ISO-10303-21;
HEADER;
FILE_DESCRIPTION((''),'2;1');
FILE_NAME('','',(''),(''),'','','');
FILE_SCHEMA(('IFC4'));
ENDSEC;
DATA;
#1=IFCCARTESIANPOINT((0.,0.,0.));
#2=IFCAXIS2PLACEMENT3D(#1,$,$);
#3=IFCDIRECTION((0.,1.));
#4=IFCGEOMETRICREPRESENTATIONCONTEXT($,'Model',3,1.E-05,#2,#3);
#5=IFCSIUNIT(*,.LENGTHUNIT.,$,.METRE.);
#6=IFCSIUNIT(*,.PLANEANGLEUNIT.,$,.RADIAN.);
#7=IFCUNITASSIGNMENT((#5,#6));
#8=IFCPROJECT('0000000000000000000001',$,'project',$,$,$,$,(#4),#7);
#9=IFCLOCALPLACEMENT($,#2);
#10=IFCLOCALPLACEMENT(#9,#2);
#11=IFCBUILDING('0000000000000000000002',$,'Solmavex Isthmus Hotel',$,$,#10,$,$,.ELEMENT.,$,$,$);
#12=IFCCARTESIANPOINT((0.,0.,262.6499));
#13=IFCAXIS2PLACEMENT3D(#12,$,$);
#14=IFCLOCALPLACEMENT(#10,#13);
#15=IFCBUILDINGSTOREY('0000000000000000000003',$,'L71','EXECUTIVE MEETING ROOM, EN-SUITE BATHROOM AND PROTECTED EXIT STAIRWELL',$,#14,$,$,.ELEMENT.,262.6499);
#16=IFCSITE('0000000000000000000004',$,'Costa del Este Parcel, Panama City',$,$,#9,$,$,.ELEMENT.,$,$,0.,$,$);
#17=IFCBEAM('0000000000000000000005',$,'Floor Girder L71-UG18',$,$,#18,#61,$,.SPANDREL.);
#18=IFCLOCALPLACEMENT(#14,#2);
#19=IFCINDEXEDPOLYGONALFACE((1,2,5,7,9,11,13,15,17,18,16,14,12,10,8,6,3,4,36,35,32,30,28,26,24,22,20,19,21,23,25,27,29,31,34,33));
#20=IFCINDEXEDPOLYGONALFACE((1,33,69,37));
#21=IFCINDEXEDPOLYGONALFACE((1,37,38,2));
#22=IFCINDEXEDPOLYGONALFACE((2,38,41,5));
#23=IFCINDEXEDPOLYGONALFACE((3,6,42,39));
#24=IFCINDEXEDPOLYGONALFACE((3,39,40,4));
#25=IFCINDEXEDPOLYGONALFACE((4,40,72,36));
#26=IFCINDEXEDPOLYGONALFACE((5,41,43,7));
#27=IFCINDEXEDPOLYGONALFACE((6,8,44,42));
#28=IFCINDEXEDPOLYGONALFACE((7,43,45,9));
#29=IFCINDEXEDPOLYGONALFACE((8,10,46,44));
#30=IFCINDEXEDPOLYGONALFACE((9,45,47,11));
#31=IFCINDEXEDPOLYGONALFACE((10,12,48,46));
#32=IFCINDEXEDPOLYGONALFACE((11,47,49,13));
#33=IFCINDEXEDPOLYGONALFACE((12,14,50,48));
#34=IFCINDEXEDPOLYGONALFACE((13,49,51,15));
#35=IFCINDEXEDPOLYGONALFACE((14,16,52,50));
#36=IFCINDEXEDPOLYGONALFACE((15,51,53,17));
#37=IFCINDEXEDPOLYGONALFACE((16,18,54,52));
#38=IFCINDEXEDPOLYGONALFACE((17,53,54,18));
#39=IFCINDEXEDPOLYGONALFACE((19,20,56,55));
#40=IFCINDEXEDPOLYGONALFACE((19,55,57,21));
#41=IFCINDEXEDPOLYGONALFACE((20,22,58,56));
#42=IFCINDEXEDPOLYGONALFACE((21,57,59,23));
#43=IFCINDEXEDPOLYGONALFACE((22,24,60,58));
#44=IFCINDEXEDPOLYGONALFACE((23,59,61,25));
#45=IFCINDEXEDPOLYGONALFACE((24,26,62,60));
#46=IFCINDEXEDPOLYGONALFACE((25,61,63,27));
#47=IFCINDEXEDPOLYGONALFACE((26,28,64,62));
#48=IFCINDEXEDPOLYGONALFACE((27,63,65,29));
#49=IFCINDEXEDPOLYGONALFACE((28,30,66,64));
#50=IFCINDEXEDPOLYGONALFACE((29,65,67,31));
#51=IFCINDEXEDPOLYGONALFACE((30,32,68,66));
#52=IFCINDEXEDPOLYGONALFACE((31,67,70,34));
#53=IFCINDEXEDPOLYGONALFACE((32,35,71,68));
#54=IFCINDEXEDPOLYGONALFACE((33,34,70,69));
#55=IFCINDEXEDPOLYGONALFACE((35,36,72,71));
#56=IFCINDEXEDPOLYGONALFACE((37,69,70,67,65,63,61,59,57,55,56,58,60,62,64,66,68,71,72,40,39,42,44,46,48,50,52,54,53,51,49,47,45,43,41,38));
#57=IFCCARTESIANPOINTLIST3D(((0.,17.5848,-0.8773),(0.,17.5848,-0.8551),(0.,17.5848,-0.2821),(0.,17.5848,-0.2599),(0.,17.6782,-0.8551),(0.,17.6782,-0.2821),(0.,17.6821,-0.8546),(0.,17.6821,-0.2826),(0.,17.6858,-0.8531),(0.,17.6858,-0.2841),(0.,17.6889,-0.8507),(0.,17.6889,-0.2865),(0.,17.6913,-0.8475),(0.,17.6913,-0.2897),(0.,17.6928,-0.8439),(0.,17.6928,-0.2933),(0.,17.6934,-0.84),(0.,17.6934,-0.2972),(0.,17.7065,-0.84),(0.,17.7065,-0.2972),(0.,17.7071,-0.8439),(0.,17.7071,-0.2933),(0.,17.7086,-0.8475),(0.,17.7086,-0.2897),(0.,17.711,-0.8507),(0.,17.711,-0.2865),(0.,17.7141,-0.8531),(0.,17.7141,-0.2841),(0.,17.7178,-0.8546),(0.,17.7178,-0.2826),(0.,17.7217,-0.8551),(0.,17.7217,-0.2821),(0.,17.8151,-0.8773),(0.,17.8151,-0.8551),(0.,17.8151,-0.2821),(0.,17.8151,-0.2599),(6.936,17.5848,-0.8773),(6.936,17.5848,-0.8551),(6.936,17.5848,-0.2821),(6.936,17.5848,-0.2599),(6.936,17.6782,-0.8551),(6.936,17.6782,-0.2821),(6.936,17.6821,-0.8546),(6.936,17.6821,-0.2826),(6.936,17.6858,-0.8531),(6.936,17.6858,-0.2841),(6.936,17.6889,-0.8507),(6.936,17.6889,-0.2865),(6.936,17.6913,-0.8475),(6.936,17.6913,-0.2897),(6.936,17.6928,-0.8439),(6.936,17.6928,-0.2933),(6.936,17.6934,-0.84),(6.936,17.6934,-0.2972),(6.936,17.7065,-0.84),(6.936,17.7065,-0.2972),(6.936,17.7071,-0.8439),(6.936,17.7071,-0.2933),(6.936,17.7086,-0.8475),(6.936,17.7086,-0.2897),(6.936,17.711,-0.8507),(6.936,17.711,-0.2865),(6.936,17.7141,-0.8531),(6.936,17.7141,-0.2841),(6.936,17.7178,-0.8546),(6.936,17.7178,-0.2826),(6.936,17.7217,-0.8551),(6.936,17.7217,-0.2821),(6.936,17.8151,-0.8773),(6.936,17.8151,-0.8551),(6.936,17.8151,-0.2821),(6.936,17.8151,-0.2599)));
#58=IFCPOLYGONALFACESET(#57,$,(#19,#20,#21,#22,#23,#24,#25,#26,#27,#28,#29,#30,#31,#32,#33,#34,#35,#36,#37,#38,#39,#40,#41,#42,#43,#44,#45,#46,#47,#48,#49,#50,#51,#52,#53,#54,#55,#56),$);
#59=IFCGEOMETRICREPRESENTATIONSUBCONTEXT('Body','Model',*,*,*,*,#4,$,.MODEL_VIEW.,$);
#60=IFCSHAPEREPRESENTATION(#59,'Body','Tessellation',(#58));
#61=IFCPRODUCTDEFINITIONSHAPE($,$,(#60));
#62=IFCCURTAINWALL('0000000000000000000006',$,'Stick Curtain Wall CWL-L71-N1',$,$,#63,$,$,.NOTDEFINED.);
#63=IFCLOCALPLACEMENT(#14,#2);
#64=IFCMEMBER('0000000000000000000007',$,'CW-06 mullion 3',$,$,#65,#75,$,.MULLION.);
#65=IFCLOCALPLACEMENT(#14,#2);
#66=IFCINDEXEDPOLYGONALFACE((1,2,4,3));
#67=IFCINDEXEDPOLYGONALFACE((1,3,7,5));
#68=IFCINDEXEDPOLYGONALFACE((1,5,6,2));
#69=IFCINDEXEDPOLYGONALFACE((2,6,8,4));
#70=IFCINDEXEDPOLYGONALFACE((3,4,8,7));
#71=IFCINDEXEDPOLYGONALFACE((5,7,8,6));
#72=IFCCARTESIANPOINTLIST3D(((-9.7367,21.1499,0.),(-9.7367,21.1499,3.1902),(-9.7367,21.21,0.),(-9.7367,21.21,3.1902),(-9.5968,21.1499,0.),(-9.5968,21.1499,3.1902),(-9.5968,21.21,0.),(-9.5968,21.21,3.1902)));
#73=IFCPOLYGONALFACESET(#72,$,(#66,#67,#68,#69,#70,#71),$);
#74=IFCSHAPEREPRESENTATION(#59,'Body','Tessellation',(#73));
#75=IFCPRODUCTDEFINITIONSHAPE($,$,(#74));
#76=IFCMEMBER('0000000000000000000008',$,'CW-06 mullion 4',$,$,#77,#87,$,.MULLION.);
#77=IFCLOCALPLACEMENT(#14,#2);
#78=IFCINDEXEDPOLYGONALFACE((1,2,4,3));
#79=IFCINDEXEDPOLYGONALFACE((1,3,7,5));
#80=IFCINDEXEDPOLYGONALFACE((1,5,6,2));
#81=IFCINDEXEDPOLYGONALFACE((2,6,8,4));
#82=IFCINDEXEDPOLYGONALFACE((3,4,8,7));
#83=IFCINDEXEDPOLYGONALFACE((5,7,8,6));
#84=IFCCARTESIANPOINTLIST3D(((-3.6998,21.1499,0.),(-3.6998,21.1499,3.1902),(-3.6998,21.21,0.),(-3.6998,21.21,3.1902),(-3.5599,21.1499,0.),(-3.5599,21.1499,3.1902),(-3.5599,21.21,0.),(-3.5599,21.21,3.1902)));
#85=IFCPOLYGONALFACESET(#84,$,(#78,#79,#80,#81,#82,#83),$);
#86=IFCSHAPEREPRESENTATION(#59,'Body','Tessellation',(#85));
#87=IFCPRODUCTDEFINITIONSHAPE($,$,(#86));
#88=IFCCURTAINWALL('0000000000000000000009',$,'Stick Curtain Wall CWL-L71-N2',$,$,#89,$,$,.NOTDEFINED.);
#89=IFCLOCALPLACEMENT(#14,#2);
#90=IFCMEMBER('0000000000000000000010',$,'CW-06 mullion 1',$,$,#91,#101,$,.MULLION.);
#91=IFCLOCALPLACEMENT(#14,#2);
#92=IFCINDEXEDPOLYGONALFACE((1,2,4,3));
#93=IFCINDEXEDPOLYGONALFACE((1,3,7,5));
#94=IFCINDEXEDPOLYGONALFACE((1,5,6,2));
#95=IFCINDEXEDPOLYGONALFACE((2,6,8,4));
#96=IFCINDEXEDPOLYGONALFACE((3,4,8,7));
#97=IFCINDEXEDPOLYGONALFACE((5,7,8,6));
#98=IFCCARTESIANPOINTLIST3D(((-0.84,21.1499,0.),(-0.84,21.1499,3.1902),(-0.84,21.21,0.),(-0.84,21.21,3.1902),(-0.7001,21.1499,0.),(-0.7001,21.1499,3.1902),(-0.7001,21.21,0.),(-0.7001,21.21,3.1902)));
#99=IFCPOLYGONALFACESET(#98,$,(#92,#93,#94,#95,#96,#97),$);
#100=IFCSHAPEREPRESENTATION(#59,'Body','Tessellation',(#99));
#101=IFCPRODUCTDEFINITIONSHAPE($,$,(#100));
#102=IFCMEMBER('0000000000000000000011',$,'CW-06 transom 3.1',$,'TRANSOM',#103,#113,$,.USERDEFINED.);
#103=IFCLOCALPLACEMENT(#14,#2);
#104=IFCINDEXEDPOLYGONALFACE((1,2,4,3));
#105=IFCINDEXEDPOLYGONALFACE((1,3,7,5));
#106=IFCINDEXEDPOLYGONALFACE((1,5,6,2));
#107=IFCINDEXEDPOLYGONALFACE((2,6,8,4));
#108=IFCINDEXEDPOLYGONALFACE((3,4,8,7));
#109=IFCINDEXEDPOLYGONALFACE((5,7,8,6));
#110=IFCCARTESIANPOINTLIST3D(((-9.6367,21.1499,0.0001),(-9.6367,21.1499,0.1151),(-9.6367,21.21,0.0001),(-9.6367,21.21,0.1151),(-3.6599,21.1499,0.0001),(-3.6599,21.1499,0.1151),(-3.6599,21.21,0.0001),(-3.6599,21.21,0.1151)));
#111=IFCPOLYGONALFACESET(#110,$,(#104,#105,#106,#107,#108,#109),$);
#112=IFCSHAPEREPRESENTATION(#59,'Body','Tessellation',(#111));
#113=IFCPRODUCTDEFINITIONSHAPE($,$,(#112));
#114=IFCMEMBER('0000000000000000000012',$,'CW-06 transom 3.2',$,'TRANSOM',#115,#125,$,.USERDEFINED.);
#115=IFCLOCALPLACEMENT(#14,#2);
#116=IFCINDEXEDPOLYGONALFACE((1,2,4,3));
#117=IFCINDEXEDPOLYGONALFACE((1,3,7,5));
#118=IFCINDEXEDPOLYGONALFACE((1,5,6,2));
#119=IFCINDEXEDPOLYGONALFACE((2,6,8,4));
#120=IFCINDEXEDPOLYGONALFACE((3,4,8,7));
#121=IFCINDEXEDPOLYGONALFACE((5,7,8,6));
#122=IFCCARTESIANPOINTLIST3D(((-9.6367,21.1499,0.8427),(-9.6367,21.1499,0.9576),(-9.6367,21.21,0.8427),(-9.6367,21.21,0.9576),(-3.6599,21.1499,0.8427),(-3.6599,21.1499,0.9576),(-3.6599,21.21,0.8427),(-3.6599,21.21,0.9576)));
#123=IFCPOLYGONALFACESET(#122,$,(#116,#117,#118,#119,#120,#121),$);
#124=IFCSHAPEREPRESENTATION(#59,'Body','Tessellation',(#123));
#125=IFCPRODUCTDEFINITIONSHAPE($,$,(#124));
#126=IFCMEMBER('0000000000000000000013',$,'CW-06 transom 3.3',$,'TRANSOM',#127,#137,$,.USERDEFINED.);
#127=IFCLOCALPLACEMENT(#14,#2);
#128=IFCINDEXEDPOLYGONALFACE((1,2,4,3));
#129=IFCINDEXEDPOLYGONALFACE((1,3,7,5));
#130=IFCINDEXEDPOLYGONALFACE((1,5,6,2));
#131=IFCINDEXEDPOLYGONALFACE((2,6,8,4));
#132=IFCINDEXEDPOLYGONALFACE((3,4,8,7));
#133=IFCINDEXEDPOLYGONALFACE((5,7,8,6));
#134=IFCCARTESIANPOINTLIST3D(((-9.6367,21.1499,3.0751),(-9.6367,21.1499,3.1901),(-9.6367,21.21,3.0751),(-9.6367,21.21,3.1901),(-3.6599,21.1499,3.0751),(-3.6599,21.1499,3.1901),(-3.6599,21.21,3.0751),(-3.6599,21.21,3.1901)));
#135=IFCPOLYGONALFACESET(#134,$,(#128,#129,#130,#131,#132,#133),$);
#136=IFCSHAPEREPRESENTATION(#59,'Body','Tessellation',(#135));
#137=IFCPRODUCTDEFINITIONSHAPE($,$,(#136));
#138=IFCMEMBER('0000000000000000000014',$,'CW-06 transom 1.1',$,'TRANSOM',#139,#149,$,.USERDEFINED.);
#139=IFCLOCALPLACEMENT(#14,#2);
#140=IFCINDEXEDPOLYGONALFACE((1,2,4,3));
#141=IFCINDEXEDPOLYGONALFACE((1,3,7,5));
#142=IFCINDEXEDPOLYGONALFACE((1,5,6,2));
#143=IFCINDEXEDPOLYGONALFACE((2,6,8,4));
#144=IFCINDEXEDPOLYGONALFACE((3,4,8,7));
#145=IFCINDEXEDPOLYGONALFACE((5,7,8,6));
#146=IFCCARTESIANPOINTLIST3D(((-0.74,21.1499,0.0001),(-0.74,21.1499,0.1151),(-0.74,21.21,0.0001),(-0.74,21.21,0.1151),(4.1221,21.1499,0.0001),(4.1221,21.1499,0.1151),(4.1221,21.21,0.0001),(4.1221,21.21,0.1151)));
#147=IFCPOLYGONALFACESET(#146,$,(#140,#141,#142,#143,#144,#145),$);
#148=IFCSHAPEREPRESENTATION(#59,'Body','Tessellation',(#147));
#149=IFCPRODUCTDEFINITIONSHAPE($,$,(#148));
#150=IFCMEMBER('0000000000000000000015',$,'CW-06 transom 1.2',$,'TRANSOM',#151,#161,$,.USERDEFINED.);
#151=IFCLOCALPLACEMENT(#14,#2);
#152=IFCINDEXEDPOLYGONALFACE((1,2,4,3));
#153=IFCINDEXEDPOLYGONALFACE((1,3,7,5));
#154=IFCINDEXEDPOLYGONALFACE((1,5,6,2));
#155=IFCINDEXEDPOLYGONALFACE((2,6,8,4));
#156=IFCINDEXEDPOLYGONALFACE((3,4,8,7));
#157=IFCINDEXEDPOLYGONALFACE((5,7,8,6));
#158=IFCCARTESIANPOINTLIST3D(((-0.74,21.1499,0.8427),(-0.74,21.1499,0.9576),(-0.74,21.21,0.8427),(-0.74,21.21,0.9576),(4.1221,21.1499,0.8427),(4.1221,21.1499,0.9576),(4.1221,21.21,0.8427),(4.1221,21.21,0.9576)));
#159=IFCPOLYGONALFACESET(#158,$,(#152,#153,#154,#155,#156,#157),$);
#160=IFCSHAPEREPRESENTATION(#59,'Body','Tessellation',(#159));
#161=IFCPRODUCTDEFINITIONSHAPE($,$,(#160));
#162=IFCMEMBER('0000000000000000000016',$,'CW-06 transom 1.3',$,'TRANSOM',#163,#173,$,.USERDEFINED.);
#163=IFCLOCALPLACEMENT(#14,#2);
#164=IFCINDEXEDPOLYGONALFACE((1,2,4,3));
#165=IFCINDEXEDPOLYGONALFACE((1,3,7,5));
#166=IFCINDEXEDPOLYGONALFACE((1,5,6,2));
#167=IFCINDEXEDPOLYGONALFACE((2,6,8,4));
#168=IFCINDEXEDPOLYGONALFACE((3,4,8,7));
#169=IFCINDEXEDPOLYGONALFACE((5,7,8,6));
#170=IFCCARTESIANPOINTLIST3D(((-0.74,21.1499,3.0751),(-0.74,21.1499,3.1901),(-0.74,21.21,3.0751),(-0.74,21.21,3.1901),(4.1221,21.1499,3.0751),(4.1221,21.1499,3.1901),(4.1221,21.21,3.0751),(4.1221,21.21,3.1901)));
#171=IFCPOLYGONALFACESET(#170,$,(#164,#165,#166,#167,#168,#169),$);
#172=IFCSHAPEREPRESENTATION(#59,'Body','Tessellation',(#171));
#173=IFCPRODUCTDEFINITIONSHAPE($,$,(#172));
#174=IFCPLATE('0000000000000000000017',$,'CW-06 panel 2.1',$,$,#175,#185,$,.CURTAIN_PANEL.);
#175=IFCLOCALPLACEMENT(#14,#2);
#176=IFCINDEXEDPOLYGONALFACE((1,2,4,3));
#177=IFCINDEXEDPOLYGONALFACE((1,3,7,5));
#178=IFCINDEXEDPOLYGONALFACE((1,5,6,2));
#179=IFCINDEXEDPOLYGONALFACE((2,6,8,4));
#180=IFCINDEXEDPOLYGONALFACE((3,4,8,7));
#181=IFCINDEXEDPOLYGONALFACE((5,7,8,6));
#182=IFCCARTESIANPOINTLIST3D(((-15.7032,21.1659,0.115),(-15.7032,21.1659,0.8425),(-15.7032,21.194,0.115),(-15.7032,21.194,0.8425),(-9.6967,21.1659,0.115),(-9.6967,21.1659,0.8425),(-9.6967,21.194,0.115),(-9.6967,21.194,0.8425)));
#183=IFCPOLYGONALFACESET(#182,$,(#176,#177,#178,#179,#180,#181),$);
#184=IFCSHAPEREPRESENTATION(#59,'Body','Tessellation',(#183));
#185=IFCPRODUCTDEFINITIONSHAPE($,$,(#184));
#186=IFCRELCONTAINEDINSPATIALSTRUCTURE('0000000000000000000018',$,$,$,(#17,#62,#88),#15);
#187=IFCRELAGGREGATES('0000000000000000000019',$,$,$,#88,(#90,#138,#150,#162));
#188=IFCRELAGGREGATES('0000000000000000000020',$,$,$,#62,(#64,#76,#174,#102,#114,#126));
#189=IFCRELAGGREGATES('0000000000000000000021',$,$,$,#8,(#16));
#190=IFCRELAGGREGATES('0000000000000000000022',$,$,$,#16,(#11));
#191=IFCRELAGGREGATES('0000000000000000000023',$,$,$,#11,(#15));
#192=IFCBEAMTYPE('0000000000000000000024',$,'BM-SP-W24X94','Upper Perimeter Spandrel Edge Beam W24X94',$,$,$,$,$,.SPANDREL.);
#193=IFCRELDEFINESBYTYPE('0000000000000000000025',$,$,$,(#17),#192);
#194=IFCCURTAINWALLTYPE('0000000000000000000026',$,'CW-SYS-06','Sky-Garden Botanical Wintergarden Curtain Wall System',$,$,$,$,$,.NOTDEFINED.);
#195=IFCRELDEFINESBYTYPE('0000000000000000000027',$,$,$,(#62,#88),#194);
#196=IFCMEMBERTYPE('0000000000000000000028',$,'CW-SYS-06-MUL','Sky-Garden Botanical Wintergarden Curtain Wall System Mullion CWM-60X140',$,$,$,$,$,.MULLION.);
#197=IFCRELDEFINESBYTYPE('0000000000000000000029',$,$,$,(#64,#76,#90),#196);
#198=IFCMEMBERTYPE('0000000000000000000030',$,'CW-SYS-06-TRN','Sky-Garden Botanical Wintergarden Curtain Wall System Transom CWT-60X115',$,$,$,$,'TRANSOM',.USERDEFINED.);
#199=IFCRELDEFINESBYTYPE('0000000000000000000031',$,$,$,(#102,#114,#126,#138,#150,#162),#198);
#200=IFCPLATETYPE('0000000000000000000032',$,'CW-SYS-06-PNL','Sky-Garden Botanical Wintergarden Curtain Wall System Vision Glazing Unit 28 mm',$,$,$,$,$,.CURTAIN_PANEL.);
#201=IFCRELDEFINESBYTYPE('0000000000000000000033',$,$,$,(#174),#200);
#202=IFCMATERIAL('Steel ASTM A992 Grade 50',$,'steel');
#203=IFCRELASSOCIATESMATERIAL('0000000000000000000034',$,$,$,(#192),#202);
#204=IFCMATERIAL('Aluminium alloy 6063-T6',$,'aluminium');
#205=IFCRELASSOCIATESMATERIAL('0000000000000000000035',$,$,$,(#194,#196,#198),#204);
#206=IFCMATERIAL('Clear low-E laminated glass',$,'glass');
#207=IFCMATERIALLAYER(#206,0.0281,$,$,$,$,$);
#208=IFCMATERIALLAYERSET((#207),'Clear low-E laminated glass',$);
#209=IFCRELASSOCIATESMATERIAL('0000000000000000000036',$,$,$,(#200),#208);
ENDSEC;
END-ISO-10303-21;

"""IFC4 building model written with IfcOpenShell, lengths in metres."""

from ifc_helpers import new_model, si_unit, direction, frame, origin, origin_2d, place, context, subcontext, project, spatial, rectangle, i_section, extrude, material, layer, layer_set, material_profile, profile_set, type_object, element, aggregate, save


model = new_model("IFC4")

# Units and contexts
model_context = context("Model", 3, precision=1e-05, world=origin(), true_north=direction((0.0, 1.0)))
body_context = subcontext(model_context, "Body", "Model", "MODEL_VIEW")
ifc_project = project(units=[si_unit("LENGTHUNIT", "METRE"), si_unit("PLANEANGLEUNIT", "RADIAN")], contexts=[model_context])

# Site, building, storey
site_placement = place(None, origin())
site = spatial("IfcSite", under=ifc_project, at=site_placement, Name="Costa del Este Parcel, Panama City", CompositionType="ELEMENT", RefElevation=0.0)
building_placement = place(site_placement, origin())
building = spatial("IfcBuilding", under=site, at=building_placement, Name="Solmavex Isthmus Hotel", CompositionType="ELEMENT")
storey_placement = place(building_placement, frame((0.0, 0.0, 262.6499)))
storey = spatial("IfcBuildingStorey", under=building, at=storey_placement, Name="L71", Description="EXECUTIVE MEETING ROOM, EN-SUITE BATHROOM AND PROTECTED EXIT STAIRWELL", CompositionType="ELEMENT", Elevation=262.6499)

# Beam
ifc_material_1 = material(Name="Steel ASTM A992 Grade 50", Category="steel")
ifc_material_profile_1 = material_profile(ifc_material_1, i_section(OverallWidth=0.2302, OverallDepth=0.6174, WebThickness=0.0132, FlangeThickness=0.0222, FilletRadius=0.0151, at=origin_2d()), Name="W24X94")
ifc_profile_set_1 = profile_set([ifc_material_profile_1], Name="Steel ASTM A992 Grade 50")
beam_type = type_object("IfcBeamType", Name="BM-SP-W24X94", Description="Upper Perimeter Spandrel Edge Beam W24X94", PredefinedType="SPANDREL", material=ifc_profile_set_1)
for number, where, z_axis, x_axis, name in (
    (1, (0.0, 17.7, -0.5686), (1.0, 0.0, 0.0), (0.0, 1.0, 0.0), "Floor Girder L71-UG18"),
):
    element("IfcBeam", number, at=place(storey_placement, frame(where, z_axis=z_axis, x_axis=x_axis)), inside=storey, type_object=beam_type, Name=name, PredefinedType="SPANDREL", context=body_context, shape_type="SweptSolid", body=[
        extrude(i_section(OverallWidth=0.2302, OverallDepth=0.6174, WebThickness=0.0132, FlangeThickness=0.0222, FilletRadius=0.0151, at=origin_2d()), origin(), (0.0, 0.0, 1.0), 6.936),
    ])

# Curtain wall, members
ifc_material_2 = material(Name="Aluminium alloy 6063-T6", Category="aluminium")
curtain_wall_type = type_object("IfcCurtainWallType", Name="CW-SYS-06", Description="Sky-Garden Botanical Wintergarden Curtain Wall System", PredefinedType="NOTDEFINED", material=ifc_material_2)
curtain_wall_1_placement = place(storey_placement, origin())
curtain_wall_1 = element("IfcCurtainWall", 2, at=curtain_wall_1_placement, inside=storey, type_object=curtain_wall_type, Name="Stick Curtain Wall CWL-L71-N1", PredefinedType="NOTDEFINED")
ifc_material_profile_2 = material_profile(ifc_material_2, rectangle(XDim=0.0601, YDim=0.1399, at=origin_2d()), Name="CWM-60X140")
ifc_profile_set_2 = profile_set([ifc_material_profile_2], Name="Aluminium alloy 6063-T6")
member_type_1 = type_object("IfcMemberType", Name="CW-SYS-06-MUL", Description="Sky-Garden Botanical Wintergarden Curtain Wall System Mullion CWM-60X140", PredefinedType="MULLION", material=ifc_profile_set_2)
member_1_placement = place(storey_placement, frame((-9.6667, 21.1799, 0.0), z_axis=(0.0, 0.0, 1.0), x_axis=(0.0, 1.0, 0.0)))
member_1 = element("IfcMember", 3, at=member_1_placement, type_object=member_type_1, Name="CW-06 mullion 3", PredefinedType="MULLION", context=body_context, shape_type="SweptSolid", body=[
    extrude(rectangle(XDim=0.0601, YDim=0.1399, at=origin_2d()), origin(), (0.0, 0.0, 1.0), 3.1902),
])
member_2_placement = place(storey_placement, frame((-3.6299, 21.1799, 0.0), z_axis=(0.0, 0.0, 1.0), x_axis=(0.0, 1.0, 0.0)))
member_2 = element("IfcMember", 4, at=member_2_placement, type_object=member_type_1, Name="CW-06 mullion 4", PredefinedType="MULLION", context=body_context, shape_type="SweptSolid", body=[
    extrude(rectangle(XDim=0.0601, YDim=0.1399, at=origin_2d()), origin(), (0.0, 0.0, 1.0), 3.1902),
])

# Curtain wall, member
curtain_wall_2_placement = place(storey_placement, origin())
curtain_wall_2 = element("IfcCurtainWall", 5, at=curtain_wall_2_placement, inside=storey, type_object=curtain_wall_type, Name="Stick Curtain Wall CWL-L71-N2", PredefinedType="NOTDEFINED")
member_3_placement = place(storey_placement, frame((-0.77, 21.1799, 0.0), z_axis=(0.0, 0.0, 1.0), x_axis=(0.0, 1.0, 0.0)))
member_3 = element("IfcMember", 6, at=member_3_placement, type_object=member_type_1, Name="CW-06 mullion 1", PredefinedType="MULLION", context=body_context, shape_type="SweptSolid", body=[
    extrude(rectangle(XDim=0.0601, YDim=0.1399, at=origin_2d()), origin(), (0.0, 0.0, 1.0), 3.1902),
])

# Members
ifc_material_profile_3 = material_profile(ifc_material_2, rectangle(XDim=0.0601, YDim=0.115, at=origin_2d()), Name="CWT-60X115")
ifc_profile_set_3 = profile_set([ifc_material_profile_3], Name="Aluminium alloy 6063-T6")
member_type_2 = type_object("IfcMemberType", Name="CW-SYS-06-TRN", Description="Sky-Garden Botanical Wintergarden Curtain Wall System Transom CWT-60X115", ElementType="TRANSOM", PredefinedType="USERDEFINED", material=ifc_profile_set_3)
member_4_placement = place(storey_placement, frame((-9.6367, 21.1799, 0.0576), z_axis=(1.0, 0.0, 0.0), x_axis=(0.0, 1.0, 0.0)))
member_4 = element("IfcMember", 7, at=member_4_placement, type_object=member_type_2, Name="CW-06 transom 3.1", ObjectType="TRANSOM", PredefinedType="USERDEFINED", context=body_context, shape_type="SweptSolid", body=[
    extrude(rectangle(XDim=0.0601, YDim=0.115, at=origin_2d()), origin(), (0.0, 0.0, 1.0), 5.9768),
])
member_5_placement = place(storey_placement, frame((-9.6367, 21.1799, 0.9001), z_axis=(1.0, 0.0, 0.0), x_axis=(0.0, 1.0, 0.0)))
member_5 = element("IfcMember", 8, at=member_5_placement, type_object=member_type_2, Name="CW-06 transom 3.2", ObjectType="TRANSOM", PredefinedType="USERDEFINED", context=body_context, shape_type="SweptSolid", body=[
    extrude(rectangle(XDim=0.0601, YDim=0.115, at=origin_2d()), origin(), (0.0, 0.0, 1.0), 5.9768),
])
member_6_placement = place(storey_placement, frame((-9.6367, 21.1799, 3.1326), z_axis=(1.0, 0.0, 0.0), x_axis=(0.0, 1.0, 0.0)))
member_6 = element("IfcMember", 9, at=member_6_placement, type_object=member_type_2, Name="CW-06 transom 3.3", ObjectType="TRANSOM", PredefinedType="USERDEFINED", context=body_context, shape_type="SweptSolid", body=[
    extrude(rectangle(XDim=0.0601, YDim=0.115, at=origin_2d()), origin(), (0.0, 0.0, 1.0), 5.9768),
])
member_7_placement = place(storey_placement, frame((-0.74, 21.1799, 0.0576), z_axis=(1.0, 0.0, 0.0), x_axis=(0.0, 1.0, 0.0)))
member_7 = element("IfcMember", 10, at=member_7_placement, type_object=member_type_2, Name="CW-06 transom 1.1", ObjectType="TRANSOM", PredefinedType="USERDEFINED", context=body_context, shape_type="SweptSolid", body=[
    extrude(rectangle(XDim=0.0601, YDim=0.115, at=origin_2d()), origin(), (0.0, 0.0, 1.0), 4.8621),
])
member_8_placement = place(storey_placement, frame((-0.74, 21.1799, 0.9001), z_axis=(1.0, 0.0, 0.0), x_axis=(0.0, 1.0, 0.0)))
member_8 = element("IfcMember", 11, at=member_8_placement, type_object=member_type_2, Name="CW-06 transom 1.2", ObjectType="TRANSOM", PredefinedType="USERDEFINED", context=body_context, shape_type="SweptSolid", body=[
    extrude(rectangle(XDim=0.0601, YDim=0.115, at=origin_2d()), origin(), (0.0, 0.0, 1.0), 4.8621),
])
member_9_placement = place(storey_placement, frame((-0.74, 21.1799, 3.1326), z_axis=(1.0, 0.0, 0.0), x_axis=(0.0, 1.0, 0.0)))
member_9 = element("IfcMember", 12, at=member_9_placement, type_object=member_type_2, Name="CW-06 transom 1.3", ObjectType="TRANSOM", PredefinedType="USERDEFINED", context=body_context, shape_type="SweptSolid", body=[
    extrude(rectangle(XDim=0.0601, YDim=0.115, at=origin_2d()), origin(), (0.0, 0.0, 1.0), 4.8621),
])
aggregate(curtain_wall_2, [member_3, member_7, member_8, member_9])

# Plate
ifc_material_3 = material(Name="Clear low-E laminated glass", Category="glass")
ifc_layer_1 = layer(ifc_material_3, 0.0281)
ifc_layer_set_1 = layer_set([ifc_layer_1], Name="Clear low-E laminated glass")
plate_type = type_object("IfcPlateType", Name="CW-SYS-06-PNL", Description="Sky-Garden Botanical Wintergarden Curtain Wall System Vision Glazing Unit 28 mm", PredefinedType="CURTAIN_PANEL", material=ifc_layer_set_1)
plate_1_placement = place(storey_placement, frame((-12.7, 21.1799, 0.115), z_axis=(0.0, 0.0, 1.0), x_axis=(1.0, 0.0, 0.0)))
plate_1 = element("IfcPlate", 13, at=plate_1_placement, type_object=plate_type, Name="CW-06 panel 2.1", PredefinedType="CURTAIN_PANEL", context=body_context, shape_type="SweptSolid", body=[
    extrude(rectangle(XDim=6.0066, YDim=0.0281, at=origin_2d()), origin(), (0.0, 0.0, 1.0), 0.7275),
])
aggregate(curtain_wall_1, [member_1, member_2, plate_1, member_4, member_5, member_6])

save(model, "model.ifc")
